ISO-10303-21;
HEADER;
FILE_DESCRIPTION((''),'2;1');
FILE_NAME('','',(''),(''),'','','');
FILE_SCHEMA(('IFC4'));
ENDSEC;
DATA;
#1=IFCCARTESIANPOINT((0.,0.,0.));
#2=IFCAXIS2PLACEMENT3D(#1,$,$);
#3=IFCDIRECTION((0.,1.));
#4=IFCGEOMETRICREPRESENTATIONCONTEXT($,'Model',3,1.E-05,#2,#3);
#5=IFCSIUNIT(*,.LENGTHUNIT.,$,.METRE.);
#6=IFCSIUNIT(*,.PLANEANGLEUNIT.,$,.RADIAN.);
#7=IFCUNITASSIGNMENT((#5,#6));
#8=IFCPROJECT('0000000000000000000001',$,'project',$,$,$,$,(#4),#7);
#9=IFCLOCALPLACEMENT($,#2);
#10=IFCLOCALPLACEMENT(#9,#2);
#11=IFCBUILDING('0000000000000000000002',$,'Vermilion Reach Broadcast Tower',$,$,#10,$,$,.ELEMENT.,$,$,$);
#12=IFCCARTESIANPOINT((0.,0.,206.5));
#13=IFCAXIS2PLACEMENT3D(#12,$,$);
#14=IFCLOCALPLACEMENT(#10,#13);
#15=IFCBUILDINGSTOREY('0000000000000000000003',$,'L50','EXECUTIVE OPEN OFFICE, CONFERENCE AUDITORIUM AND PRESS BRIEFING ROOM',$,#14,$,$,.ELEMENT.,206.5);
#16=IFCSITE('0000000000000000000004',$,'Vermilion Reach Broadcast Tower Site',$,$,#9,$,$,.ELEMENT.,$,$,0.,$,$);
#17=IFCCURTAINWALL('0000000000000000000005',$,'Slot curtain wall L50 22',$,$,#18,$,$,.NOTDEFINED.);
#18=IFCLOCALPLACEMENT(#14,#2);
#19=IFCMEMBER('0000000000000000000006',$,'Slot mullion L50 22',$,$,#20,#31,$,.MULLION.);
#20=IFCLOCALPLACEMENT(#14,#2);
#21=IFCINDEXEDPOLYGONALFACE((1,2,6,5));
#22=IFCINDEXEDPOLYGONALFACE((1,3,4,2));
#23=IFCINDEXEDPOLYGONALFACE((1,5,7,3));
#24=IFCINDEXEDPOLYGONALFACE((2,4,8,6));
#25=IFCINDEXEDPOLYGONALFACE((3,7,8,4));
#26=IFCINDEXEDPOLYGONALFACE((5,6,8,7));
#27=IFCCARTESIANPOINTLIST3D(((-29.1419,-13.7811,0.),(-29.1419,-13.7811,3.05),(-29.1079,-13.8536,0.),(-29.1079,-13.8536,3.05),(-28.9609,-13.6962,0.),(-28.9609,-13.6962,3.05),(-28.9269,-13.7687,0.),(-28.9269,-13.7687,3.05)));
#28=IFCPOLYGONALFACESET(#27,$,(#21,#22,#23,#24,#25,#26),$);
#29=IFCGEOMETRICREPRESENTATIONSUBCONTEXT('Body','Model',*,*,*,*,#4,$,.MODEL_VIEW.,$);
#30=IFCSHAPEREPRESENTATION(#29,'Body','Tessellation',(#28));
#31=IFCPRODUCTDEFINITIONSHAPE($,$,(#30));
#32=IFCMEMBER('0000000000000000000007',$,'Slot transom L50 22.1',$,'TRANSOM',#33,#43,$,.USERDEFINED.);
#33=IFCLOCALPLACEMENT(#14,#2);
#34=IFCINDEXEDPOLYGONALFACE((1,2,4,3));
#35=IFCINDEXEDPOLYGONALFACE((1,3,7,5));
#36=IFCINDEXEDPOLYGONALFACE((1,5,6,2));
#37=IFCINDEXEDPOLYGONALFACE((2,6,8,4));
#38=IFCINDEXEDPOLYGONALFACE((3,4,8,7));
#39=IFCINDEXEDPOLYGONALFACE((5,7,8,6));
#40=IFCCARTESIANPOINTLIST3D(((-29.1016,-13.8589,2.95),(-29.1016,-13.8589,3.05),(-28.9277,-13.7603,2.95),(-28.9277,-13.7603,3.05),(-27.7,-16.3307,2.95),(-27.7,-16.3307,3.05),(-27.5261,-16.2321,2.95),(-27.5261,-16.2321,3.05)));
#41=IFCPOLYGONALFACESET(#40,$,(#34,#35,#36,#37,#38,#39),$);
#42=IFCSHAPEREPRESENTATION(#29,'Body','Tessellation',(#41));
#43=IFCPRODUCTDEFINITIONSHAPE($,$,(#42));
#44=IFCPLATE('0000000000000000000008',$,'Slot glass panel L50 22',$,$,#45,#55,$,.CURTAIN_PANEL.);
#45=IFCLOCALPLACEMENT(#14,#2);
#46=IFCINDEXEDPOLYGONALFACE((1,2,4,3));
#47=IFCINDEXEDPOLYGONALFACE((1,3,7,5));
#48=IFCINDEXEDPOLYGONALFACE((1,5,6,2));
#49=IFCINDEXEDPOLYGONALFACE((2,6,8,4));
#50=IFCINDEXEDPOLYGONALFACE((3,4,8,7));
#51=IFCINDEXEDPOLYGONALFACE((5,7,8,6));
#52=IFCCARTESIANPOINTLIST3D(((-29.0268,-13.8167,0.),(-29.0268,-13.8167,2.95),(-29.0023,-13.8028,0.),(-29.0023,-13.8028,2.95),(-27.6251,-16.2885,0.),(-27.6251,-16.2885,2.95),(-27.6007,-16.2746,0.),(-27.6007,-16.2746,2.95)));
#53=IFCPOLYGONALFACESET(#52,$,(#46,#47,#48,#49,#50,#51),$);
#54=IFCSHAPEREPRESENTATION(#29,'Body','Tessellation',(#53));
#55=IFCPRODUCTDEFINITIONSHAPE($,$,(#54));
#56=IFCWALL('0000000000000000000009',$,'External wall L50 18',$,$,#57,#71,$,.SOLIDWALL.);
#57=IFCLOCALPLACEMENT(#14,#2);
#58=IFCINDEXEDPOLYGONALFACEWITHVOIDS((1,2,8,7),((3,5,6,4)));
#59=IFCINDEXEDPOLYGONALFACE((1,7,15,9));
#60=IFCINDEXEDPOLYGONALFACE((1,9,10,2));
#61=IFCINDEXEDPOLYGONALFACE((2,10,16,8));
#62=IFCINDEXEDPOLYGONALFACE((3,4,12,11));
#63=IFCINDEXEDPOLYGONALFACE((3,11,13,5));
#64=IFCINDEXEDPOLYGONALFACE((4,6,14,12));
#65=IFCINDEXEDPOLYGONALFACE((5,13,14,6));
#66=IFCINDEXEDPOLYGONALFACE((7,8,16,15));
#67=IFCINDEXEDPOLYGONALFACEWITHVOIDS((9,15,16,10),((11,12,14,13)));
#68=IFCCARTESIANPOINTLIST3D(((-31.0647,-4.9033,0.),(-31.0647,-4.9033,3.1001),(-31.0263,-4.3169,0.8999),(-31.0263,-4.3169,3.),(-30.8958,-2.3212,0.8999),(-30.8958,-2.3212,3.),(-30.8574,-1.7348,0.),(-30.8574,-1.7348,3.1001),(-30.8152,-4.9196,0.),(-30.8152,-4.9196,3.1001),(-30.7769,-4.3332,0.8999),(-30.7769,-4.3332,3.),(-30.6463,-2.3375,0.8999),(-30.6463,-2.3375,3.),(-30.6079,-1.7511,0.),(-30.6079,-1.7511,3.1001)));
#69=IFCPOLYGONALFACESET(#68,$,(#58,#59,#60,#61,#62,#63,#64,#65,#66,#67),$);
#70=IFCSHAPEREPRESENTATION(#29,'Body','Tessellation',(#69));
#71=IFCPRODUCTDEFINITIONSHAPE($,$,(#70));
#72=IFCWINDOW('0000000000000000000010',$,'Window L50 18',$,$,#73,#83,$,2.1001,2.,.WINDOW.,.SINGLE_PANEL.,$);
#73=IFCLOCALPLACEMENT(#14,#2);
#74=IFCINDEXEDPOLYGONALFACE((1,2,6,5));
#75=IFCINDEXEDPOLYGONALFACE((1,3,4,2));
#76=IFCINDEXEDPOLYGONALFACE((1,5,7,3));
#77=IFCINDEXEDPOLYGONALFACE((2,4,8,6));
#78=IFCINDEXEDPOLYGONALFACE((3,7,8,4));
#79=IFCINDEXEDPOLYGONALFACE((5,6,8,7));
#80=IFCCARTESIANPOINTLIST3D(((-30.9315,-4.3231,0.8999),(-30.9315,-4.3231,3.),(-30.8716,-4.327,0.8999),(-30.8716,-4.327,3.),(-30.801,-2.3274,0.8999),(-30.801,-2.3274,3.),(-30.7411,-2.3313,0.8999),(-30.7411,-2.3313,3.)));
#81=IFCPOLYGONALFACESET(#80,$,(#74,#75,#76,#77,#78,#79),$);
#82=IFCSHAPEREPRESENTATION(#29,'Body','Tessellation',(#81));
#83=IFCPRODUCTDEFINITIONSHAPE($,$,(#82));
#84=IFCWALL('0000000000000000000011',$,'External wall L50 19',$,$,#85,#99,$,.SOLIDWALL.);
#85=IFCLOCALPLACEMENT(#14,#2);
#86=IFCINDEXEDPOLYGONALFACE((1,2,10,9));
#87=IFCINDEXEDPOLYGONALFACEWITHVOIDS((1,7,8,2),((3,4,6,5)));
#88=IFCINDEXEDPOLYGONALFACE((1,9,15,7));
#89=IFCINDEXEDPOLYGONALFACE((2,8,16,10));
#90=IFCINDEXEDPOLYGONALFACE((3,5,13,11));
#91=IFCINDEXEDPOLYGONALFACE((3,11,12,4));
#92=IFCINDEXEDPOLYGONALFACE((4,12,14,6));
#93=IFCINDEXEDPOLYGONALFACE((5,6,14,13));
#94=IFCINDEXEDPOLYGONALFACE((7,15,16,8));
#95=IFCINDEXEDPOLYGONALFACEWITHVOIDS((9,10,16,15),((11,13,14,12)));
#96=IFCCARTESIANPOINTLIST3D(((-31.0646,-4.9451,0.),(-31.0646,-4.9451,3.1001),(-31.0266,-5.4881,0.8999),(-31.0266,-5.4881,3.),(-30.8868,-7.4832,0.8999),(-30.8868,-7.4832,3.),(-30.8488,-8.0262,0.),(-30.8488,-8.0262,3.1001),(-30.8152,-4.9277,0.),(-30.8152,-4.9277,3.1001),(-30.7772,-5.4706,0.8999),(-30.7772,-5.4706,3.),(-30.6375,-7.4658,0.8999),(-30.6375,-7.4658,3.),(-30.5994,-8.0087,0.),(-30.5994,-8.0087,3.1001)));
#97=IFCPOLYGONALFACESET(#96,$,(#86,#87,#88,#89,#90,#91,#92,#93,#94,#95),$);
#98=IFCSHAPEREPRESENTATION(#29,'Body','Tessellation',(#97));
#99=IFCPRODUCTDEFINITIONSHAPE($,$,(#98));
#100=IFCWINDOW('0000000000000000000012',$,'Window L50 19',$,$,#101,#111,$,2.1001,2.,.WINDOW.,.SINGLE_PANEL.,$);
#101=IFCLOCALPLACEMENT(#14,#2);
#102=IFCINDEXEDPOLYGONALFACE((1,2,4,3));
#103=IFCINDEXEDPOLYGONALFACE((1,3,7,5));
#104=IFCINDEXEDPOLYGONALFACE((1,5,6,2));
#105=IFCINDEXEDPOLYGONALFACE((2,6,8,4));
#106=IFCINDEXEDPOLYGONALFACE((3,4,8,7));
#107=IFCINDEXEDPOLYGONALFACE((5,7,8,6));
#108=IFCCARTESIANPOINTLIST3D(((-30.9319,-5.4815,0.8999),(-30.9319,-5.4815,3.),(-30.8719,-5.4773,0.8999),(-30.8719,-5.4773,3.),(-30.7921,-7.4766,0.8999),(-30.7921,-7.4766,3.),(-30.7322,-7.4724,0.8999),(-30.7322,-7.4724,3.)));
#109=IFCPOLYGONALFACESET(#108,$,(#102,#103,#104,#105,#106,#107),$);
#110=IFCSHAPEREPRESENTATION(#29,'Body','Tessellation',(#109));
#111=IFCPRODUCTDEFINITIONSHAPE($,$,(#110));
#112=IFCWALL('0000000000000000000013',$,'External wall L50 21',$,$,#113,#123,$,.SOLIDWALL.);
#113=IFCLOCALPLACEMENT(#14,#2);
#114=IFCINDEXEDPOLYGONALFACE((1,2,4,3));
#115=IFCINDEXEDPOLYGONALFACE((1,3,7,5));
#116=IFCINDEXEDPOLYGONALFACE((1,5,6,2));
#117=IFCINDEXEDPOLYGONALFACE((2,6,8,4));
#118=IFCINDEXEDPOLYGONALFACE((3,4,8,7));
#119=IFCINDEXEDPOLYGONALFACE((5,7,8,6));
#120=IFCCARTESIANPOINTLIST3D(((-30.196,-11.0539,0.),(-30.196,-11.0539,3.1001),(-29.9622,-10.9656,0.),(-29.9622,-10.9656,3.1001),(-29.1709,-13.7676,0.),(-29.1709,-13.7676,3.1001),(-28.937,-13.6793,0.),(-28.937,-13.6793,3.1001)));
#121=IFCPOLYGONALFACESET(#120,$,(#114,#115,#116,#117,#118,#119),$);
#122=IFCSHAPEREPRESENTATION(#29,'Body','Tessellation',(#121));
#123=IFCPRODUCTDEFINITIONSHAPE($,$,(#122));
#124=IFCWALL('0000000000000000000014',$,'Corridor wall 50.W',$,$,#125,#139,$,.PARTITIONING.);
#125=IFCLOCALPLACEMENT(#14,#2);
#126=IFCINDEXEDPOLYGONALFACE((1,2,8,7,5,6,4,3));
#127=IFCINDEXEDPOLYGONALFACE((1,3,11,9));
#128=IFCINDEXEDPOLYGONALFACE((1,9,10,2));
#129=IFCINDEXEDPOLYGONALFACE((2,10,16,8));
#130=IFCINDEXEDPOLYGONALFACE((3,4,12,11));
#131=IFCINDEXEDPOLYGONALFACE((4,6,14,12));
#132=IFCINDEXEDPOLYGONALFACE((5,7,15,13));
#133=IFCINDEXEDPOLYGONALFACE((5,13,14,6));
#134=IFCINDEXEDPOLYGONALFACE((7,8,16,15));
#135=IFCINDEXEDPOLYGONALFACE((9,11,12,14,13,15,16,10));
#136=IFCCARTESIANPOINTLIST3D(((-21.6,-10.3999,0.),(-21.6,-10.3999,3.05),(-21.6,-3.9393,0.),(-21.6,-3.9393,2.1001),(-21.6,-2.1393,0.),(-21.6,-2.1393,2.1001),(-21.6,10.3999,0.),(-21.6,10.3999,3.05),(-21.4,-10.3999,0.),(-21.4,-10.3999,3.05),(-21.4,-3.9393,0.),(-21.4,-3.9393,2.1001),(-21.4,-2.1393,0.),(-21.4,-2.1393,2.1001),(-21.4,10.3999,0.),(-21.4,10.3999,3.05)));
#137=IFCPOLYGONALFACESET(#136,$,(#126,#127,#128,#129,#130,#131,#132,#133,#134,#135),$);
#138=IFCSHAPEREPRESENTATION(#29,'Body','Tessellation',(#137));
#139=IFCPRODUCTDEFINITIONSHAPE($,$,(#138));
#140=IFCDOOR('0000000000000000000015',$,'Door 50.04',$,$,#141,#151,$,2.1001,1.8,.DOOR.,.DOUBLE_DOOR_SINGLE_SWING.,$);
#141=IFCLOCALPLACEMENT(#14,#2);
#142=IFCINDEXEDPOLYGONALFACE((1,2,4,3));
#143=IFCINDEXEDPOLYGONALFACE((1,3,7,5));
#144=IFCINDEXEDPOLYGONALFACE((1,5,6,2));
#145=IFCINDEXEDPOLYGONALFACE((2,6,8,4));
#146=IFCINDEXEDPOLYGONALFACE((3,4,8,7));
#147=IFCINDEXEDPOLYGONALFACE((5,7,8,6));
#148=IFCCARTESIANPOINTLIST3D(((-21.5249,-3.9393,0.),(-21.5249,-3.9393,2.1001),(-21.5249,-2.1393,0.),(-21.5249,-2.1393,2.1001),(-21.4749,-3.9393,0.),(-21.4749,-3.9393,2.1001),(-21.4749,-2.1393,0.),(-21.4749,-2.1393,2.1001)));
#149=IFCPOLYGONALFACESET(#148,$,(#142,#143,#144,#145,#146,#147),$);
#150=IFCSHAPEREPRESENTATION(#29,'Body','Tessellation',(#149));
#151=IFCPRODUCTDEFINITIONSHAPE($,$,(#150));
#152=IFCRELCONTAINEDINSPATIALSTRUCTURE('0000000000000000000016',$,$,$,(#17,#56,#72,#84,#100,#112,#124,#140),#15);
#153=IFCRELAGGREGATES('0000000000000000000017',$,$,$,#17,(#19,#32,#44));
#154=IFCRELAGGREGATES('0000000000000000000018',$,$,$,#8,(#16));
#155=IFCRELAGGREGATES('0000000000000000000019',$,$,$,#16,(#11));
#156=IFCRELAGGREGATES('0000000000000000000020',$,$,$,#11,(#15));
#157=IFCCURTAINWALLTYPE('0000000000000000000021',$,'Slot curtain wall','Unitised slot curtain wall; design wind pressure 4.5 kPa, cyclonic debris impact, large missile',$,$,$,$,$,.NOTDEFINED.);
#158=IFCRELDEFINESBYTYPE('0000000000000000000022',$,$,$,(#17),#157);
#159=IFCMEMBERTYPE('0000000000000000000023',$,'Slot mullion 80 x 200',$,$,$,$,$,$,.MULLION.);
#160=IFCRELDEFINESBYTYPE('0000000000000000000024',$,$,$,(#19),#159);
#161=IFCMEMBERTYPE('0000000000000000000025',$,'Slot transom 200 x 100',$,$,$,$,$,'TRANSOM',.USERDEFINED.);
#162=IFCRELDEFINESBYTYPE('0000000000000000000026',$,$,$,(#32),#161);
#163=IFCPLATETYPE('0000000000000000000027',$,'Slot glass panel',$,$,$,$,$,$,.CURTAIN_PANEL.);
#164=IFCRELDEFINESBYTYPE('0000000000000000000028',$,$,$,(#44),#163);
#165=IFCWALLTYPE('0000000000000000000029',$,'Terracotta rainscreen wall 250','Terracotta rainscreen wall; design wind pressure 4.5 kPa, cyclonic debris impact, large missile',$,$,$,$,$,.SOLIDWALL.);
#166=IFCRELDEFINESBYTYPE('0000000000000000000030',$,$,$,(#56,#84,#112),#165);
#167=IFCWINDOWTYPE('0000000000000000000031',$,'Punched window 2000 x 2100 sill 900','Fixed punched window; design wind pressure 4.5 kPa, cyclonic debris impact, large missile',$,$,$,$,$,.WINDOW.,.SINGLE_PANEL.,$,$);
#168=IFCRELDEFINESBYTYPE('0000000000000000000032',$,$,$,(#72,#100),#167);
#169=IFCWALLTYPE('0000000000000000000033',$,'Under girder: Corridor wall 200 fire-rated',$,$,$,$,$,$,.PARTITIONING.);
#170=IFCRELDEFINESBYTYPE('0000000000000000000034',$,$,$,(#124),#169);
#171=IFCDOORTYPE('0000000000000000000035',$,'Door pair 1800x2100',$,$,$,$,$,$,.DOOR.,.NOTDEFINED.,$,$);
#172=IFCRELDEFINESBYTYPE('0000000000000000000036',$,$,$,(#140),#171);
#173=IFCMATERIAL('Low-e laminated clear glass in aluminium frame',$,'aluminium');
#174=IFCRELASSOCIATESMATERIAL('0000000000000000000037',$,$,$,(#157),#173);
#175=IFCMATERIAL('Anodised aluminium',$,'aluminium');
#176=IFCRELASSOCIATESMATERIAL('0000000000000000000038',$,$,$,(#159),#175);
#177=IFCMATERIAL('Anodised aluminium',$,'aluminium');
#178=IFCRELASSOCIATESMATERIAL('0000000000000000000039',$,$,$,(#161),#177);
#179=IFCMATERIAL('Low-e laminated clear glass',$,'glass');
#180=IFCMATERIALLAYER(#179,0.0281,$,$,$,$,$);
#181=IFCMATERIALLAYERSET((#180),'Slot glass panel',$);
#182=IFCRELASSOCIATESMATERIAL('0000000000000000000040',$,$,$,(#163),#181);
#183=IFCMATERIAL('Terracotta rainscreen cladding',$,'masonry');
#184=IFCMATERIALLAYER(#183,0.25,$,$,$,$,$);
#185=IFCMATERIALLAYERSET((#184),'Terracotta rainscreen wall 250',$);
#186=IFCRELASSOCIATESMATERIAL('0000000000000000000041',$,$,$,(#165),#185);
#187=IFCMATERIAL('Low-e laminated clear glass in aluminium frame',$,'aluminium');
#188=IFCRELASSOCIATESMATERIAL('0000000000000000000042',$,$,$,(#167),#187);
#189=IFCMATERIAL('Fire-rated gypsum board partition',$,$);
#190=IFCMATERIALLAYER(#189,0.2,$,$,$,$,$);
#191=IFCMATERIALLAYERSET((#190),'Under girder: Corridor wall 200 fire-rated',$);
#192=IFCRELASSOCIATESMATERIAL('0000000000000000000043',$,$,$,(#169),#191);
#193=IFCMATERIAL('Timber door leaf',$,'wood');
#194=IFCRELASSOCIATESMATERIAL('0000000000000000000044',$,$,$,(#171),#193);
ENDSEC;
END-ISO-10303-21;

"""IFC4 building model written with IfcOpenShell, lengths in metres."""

from ifc_helpers import new_model, si_unit, direction, frame, frame_2d, origin, origin_2d, place, context, subcontext, project, spatial, rectangle, extrude, material, layer, layer_set, material_profile, profile_set, type_object, element, fill, aggregate, save


model = new_model("IFC4")

# Units and contexts
model_context = context("Model", 3, precision=1e-05, world=origin(), true_north=direction((0.0, 1.0)))
body_context = subcontext(model_context, "Body", "Model", "MODEL_VIEW")
ifc_project = project(units=[si_unit("LENGTHUNIT", "METRE"), si_unit("PLANEANGLEUNIT", "RADIAN")], contexts=[model_context])

# Site, building, storey
site_placement = place(None, origin())
site = spatial("IfcSite", under=ifc_project, at=site_placement, Name="Vermilion Reach Broadcast Tower Site", CompositionType="ELEMENT", RefElevation=0.0)
building_placement = place(site_placement, origin())
building = spatial("IfcBuilding", under=site, at=building_placement, Name="Vermilion Reach Broadcast Tower", CompositionType="ELEMENT")
storey_placement = place(building_placement, frame((0.0, 0.0, 206.5)))
storey = spatial("IfcBuildingStorey", under=building, at=storey_placement, Name="L50", Description="EXECUTIVE OPEN OFFICE, CONFERENCE AUDITORIUM AND PRESS BRIEFING ROOM", CompositionType="ELEMENT", Elevation=206.5)

# Curtain wall, members, plate
ifc_material_1 = material(Name="Low-e laminated clear glass in aluminium frame", Category="aluminium")
curtain_wall_type = type_object("IfcCurtainWallType", Name="Slot curtain wall", Description="Unitised slot curtain wall; design wind pressure 4.5 kPa, cyclonic debris impact, large missile", PredefinedType="NOTDEFINED", material=ifc_material_1)
curtain_wall_placement = place(storey_placement, origin())
curtain_wall = element("IfcCurtainWall", 1, at=curtain_wall_placement, inside=storey, type_object=curtain_wall_type, Name="Slot curtain wall L50 22", PredefinedType="NOTDEFINED")
ifc_material_2 = material(Name="Anodised aluminium", Category="aluminium")
ifc_material_profile_1 = material_profile(ifc_material_2, rectangle(XDim=0.2, YDim=0.0801, at=origin_2d()), Name="Slot mullion 80 x 200")
ifc_profile_set_1 = profile_set([ifc_material_profile_1], Name="Anodised aluminium")
member_type_1 = type_object("IfcMemberType", Name="Slot mullion 80 x 200", PredefinedType="MULLION", material=ifc_profile_set_1)
member_1_placement = place(storey_placement, frame((-29.0344, -13.7749, 0.0), z_axis=(0.0, 0.0, 1.0), x_axis=(0.905372, 0.424619, 0.0)))
member_1 = element("IfcMember", 2, at=member_1_placement, type_object=member_type_1, Name="Slot mullion L50 22", PredefinedType="MULLION", context=body_context, shape_type="SweptSolid", body=[
    extrude(rectangle(XDim=0.2, YDim=0.0801, at=origin_2d()), origin(), (0.0, 0.0, 1.0), 3.05),
])
ifc_material_3 = material(Name="Anodised aluminium", Category="aluminium")
ifc_material_profile_2 = material_profile(ifc_material_3, rectangle(XDim=0.2, YDim=0.1001, at=origin_2d()), Name="Slot transom 200 x 100")
ifc_profile_set_2 = profile_set([ifc_material_profile_2], Name="Anodised aluminium")
member_type_2 = type_object("IfcMemberType", Name="Slot transom 200 x 100", ElementType="TRANSOM", PredefinedType="USERDEFINED", material=ifc_profile_set_2)
member_2_placement = place(storey_placement, frame((-29.0146, -13.8096, 3.0), z_axis=(0.49324, -0.869893, 0.0), x_axis=(0.869893, 0.49324, 0.0)))
member_2 = element("IfcMember", 3, at=member_2_placement, type_object=member_type_2, Name="Slot transom L50 22.1", ObjectType="TRANSOM", PredefinedType="USERDEFINED", context=body_context, shape_type="SweptSolid", body=[
    extrude(rectangle(XDim=0.2, YDim=0.1001, at=origin_2d()), origin(), (0.0, 0.0, 1.0), 2.8416),
])
ifc_material_4 = material(Name="Low-e laminated clear glass", Category="glass")
ifc_layer_1 = layer(ifc_material_4, 0.0281)
ifc_layer_set_1 = layer_set([ifc_layer_1], Name="Slot glass panel")
plate_type = type_object("IfcPlateType", Name="Slot glass panel", PredefinedType="CURTAIN_PANEL", material=ifc_layer_set_1)
plate_placement = place(storey_placement, frame((-28.3137, -15.0457, 0.0), z_axis=(0.0, 0.0, 1.0), x_axis=(0.493266, -0.869879, 0.0)))
plate = element("IfcPlate", 4, at=plate_placement, type_object=plate_type, Name="Slot glass panel L50 22", PredefinedType="CURTAIN_PANEL", context=body_context, shape_type="SweptSolid", body=[
    extrude(rectangle(XDim=2.8416, YDim=0.0281, at=origin_2d()), origin(), (0.0, 0.0, 1.0), 2.95),
])
aggregate(curtain_wall, [member_1, member_2, plate])

# Walls, openings, windows
ifc_material_5 = material(Name="Terracotta rainscreen cladding", Category="masonry")
ifc_layer_2 = layer(ifc_material_5, 0.25)
ifc_layer_set_2 = layer_set([ifc_layer_2], Name="Terracotta rainscreen wall 250")
wall_type_1 = type_object("IfcWallType", Name="Terracotta rainscreen wall 250", Description="Terracotta rainscreen wall; design wind pressure 4.5 kPa, cyclonic debris impact, large missile", PredefinedType="SOLIDWALL", material=ifc_layer_set_2)
wall_1_placement = place(storey_placement, frame((-30.7327, -1.7429, 0.0), z_axis=(0.0, 0.0, 1.0), x_axis=(-0.065279, -0.997867, 0.0)))
wall_1 = element("IfcWall", 5, at=wall_1_placement, inside=storey, type_object=wall_type_1, Name="External wall L50 18", PredefinedType="SOLIDWALL", context=body_context, shape_type="SweptSolid", body=[
    extrude(rectangle(XDim=3.1753, YDim=0.25, at=frame_2d((1.5876, 0.0))), origin(), (0.0, 0.0, 1.0), 3.1001),
])
opening_1_placement = place(wall_1_placement, frame((0.5876, 0.0, 0.8999)))
opening_1 = element("IfcOpeningElement", 6, at=opening_1_placement, cuts=wall_1, PredefinedType="OPENING", context=body_context, shape_type="SweptSolid", body=[
    extrude(rectangle(XDim=2.0, YDim=2.1001, at=frame_2d((1.0, 1.05))), frame((0.0, 0.135, 0.0), z_axis=(0.0, -1.0, 0.0), x_axis=(1.0, 0.0, 0.0)), (0.0, 0.0, 1.0), 0.27),
])
ifc_material_6 = material(Name="Low-e laminated clear glass in aluminium frame", Category="aluminium")
window_type = type_object("IfcWindowType", Name="Punched window 2000 x 2100 sill 900", Description="Fixed punched window; design wind pressure 4.5 kPa, cyclonic debris impact, large missile", PartitioningType="SINGLE_PANEL", PredefinedType="WINDOW", material=ifc_material_6)
window_1_placement = place(opening_1_placement, origin())
window_1 = element("IfcWindow", 7, at=window_1_placement, inside=storey, type_object=window_type, Name="Window L50 18", OverallHeight=2.1001, OverallWidth=2.0, PartitioningType="SINGLE_PANEL", PredefinedType="WINDOW", context=body_context, shape_type="SweptSolid", body=[
    extrude(rectangle(XDim=2.0, YDim=2.1001, at=frame_2d((1.0, 1.05))), frame((0.0, 0.03, 0.0), z_axis=(0.0, -1.0, 0.0), x_axis=(1.0, 0.0, 0.0)), (0.0, 0.0, 1.0), 0.0601),
])
fill(opening_1, window_1)
wall_2_placement = place(storey_placement, frame((-30.9399, -4.9363, 0.0), z_axis=(0.0, 0.0, 1.0), x_axis=(0.069876, -0.997556, 0.0)))
wall_2 = element("IfcWall", 8, at=wall_2_placement, inside=storey, type_object=wall_type_1, Name="External wall L50 19", PredefinedType="SOLIDWALL", context=body_context, shape_type="SweptSolid", body=[
    extrude(rectangle(XDim=3.0886, YDim=0.25, at=frame_2d((1.5444, 0.0))), origin(), (0.0, 0.0, 1.0), 3.1001),
])
opening_2_placement = place(wall_2_placement, frame((0.5444, 0.0, 0.8999)))
opening_2 = element("IfcOpeningElement", 9, at=opening_2_placement, cuts=wall_2, PredefinedType="OPENING", context=body_context, shape_type="SweptSolid", body=[
    extrude(rectangle(XDim=2.0, YDim=2.1001, at=frame_2d((1.0, 1.05))), frame((0.0, 0.135, 0.0), z_axis=(0.0, -1.0, 0.0), x_axis=(1.0, 0.0, 0.0)), (0.0, 0.0, 1.0), 0.27),
])
window_2_placement = place(opening_2_placement, origin())
window_2 = element("IfcWindow", 10, at=window_2_placement, inside=storey, type_object=window_type, Name="Window L50 19", OverallHeight=2.1001, OverallWidth=2.0, PartitioningType="SINGLE_PANEL", PredefinedType="WINDOW", context=body_context, shape_type="SweptSolid", body=[
    extrude(rectangle(XDim=2.0, YDim=2.1001, at=frame_2d((1.0, 1.05))), frame((0.0, 0.03, 0.0), z_axis=(0.0, -1.0, 0.0), x_axis=(1.0, 0.0, 0.0)), (0.0, 0.0, 1.0), 0.0601),
])
fill(opening_2, window_2)

# Wall
wall_3_placement = place(storey_placement, frame((-30.0791, -11.0098, 0.0), z_axis=(0.0, 0.0, 1.0), x_axis=(0.353401, -0.935472, 0.0)))
element("IfcWall", 11, at=wall_3_placement, inside=storey, type_object=wall_type_1, Name="External wall L50 21", PredefinedType="SOLIDWALL", context=body_context, shape_type="SweptSolid", body=[
    extrude(rectangle(XDim=2.9009, YDim=0.25, at=frame_2d((1.4504, 0.0))), origin(), (0.0, 0.0, 1.0), 3.1001),
])

# Wall, opening, door
ifc_material_7 = material(Name="Fire-rated gypsum board partition")
ifc_layer_3 = layer(ifc_material_7, 0.2)
ifc_layer_set_3 = layer_set([ifc_layer_3], Name="Under girder: Corridor wall 200 fire-rated")
wall_type_2 = type_object("IfcWallType", Name="Under girder: Corridor wall 200 fire-rated", PredefinedType="PARTITIONING", material=ifc_layer_set_3)
wall_4_placement = place(storey_placement, frame((-21.5, -10.3999, 0.0), z_axis=(0.0, 0.0, 1.0), x_axis=(0.0, 1.0, 0.0)))
wall_4 = element("IfcWall", 12, at=wall_4_placement, inside=storey, type_object=wall_type_2, Name="Corridor wall 50.W", PredefinedType="PARTITIONING", context=body_context, shape_type="SweptSolid", body=[
    extrude(rectangle(XDim=20.7998, YDim=0.2, at=frame_2d((10.3999, 0.0))), origin(), (0.0, 0.0, 1.0), 3.05),
])
opening_3_placement = place(wall_4_placement, frame((6.4607, 0.0, 0.0)))
opening_3 = element("IfcOpeningElement", 13, at=opening_3_placement, cuts=wall_4, PredefinedType="OPENING", context=body_context, shape_type="SweptSolid", body=[
    extrude(rectangle(XDim=1.8, YDim=2.1001, at=frame_2d((0.8999, 1.05))), frame((0.0, 0.1099, 0.0), z_axis=(0.0, -1.0, 0.0), x_axis=(1.0, 0.0, 0.0)), (0.0, 0.0, 1.0), 0.22),
])
ifc_material_8 = material(Name="Timber door leaf", Category="wood")
door_type_1 = type_object("IfcDoorType", Name="Door pair 1800x2100", OperationType="NOTDEFINED", PredefinedType="DOOR", material=ifc_material_8)
door_1_placement = place(opening_3_placement, origin())
door_1 = element("IfcDoor", 14, at=door_1_placement, inside=storey, type_object=door_type_1, Name="Door 50.04", OperationType="DOUBLE_DOOR_SINGLE_SWING", OverallHeight=2.1001, OverallWidth=1.8, PredefinedType="DOOR", context=body_context, shape_type="SweptSolid", body=[
    extrude(rectangle(XDim=1.8, YDim=2.1001, at=frame_2d((0.8999, 1.05))), frame((0.0, 0.0249, 0.0), z_axis=(0.0, -1.0, 0.0), x_axis=(1.0, 0.0, 0.0)), (0.0, 0.0, 1.0), 0.05),
])
fill(opening_3, door_1)

save(model, "model.ifc")
